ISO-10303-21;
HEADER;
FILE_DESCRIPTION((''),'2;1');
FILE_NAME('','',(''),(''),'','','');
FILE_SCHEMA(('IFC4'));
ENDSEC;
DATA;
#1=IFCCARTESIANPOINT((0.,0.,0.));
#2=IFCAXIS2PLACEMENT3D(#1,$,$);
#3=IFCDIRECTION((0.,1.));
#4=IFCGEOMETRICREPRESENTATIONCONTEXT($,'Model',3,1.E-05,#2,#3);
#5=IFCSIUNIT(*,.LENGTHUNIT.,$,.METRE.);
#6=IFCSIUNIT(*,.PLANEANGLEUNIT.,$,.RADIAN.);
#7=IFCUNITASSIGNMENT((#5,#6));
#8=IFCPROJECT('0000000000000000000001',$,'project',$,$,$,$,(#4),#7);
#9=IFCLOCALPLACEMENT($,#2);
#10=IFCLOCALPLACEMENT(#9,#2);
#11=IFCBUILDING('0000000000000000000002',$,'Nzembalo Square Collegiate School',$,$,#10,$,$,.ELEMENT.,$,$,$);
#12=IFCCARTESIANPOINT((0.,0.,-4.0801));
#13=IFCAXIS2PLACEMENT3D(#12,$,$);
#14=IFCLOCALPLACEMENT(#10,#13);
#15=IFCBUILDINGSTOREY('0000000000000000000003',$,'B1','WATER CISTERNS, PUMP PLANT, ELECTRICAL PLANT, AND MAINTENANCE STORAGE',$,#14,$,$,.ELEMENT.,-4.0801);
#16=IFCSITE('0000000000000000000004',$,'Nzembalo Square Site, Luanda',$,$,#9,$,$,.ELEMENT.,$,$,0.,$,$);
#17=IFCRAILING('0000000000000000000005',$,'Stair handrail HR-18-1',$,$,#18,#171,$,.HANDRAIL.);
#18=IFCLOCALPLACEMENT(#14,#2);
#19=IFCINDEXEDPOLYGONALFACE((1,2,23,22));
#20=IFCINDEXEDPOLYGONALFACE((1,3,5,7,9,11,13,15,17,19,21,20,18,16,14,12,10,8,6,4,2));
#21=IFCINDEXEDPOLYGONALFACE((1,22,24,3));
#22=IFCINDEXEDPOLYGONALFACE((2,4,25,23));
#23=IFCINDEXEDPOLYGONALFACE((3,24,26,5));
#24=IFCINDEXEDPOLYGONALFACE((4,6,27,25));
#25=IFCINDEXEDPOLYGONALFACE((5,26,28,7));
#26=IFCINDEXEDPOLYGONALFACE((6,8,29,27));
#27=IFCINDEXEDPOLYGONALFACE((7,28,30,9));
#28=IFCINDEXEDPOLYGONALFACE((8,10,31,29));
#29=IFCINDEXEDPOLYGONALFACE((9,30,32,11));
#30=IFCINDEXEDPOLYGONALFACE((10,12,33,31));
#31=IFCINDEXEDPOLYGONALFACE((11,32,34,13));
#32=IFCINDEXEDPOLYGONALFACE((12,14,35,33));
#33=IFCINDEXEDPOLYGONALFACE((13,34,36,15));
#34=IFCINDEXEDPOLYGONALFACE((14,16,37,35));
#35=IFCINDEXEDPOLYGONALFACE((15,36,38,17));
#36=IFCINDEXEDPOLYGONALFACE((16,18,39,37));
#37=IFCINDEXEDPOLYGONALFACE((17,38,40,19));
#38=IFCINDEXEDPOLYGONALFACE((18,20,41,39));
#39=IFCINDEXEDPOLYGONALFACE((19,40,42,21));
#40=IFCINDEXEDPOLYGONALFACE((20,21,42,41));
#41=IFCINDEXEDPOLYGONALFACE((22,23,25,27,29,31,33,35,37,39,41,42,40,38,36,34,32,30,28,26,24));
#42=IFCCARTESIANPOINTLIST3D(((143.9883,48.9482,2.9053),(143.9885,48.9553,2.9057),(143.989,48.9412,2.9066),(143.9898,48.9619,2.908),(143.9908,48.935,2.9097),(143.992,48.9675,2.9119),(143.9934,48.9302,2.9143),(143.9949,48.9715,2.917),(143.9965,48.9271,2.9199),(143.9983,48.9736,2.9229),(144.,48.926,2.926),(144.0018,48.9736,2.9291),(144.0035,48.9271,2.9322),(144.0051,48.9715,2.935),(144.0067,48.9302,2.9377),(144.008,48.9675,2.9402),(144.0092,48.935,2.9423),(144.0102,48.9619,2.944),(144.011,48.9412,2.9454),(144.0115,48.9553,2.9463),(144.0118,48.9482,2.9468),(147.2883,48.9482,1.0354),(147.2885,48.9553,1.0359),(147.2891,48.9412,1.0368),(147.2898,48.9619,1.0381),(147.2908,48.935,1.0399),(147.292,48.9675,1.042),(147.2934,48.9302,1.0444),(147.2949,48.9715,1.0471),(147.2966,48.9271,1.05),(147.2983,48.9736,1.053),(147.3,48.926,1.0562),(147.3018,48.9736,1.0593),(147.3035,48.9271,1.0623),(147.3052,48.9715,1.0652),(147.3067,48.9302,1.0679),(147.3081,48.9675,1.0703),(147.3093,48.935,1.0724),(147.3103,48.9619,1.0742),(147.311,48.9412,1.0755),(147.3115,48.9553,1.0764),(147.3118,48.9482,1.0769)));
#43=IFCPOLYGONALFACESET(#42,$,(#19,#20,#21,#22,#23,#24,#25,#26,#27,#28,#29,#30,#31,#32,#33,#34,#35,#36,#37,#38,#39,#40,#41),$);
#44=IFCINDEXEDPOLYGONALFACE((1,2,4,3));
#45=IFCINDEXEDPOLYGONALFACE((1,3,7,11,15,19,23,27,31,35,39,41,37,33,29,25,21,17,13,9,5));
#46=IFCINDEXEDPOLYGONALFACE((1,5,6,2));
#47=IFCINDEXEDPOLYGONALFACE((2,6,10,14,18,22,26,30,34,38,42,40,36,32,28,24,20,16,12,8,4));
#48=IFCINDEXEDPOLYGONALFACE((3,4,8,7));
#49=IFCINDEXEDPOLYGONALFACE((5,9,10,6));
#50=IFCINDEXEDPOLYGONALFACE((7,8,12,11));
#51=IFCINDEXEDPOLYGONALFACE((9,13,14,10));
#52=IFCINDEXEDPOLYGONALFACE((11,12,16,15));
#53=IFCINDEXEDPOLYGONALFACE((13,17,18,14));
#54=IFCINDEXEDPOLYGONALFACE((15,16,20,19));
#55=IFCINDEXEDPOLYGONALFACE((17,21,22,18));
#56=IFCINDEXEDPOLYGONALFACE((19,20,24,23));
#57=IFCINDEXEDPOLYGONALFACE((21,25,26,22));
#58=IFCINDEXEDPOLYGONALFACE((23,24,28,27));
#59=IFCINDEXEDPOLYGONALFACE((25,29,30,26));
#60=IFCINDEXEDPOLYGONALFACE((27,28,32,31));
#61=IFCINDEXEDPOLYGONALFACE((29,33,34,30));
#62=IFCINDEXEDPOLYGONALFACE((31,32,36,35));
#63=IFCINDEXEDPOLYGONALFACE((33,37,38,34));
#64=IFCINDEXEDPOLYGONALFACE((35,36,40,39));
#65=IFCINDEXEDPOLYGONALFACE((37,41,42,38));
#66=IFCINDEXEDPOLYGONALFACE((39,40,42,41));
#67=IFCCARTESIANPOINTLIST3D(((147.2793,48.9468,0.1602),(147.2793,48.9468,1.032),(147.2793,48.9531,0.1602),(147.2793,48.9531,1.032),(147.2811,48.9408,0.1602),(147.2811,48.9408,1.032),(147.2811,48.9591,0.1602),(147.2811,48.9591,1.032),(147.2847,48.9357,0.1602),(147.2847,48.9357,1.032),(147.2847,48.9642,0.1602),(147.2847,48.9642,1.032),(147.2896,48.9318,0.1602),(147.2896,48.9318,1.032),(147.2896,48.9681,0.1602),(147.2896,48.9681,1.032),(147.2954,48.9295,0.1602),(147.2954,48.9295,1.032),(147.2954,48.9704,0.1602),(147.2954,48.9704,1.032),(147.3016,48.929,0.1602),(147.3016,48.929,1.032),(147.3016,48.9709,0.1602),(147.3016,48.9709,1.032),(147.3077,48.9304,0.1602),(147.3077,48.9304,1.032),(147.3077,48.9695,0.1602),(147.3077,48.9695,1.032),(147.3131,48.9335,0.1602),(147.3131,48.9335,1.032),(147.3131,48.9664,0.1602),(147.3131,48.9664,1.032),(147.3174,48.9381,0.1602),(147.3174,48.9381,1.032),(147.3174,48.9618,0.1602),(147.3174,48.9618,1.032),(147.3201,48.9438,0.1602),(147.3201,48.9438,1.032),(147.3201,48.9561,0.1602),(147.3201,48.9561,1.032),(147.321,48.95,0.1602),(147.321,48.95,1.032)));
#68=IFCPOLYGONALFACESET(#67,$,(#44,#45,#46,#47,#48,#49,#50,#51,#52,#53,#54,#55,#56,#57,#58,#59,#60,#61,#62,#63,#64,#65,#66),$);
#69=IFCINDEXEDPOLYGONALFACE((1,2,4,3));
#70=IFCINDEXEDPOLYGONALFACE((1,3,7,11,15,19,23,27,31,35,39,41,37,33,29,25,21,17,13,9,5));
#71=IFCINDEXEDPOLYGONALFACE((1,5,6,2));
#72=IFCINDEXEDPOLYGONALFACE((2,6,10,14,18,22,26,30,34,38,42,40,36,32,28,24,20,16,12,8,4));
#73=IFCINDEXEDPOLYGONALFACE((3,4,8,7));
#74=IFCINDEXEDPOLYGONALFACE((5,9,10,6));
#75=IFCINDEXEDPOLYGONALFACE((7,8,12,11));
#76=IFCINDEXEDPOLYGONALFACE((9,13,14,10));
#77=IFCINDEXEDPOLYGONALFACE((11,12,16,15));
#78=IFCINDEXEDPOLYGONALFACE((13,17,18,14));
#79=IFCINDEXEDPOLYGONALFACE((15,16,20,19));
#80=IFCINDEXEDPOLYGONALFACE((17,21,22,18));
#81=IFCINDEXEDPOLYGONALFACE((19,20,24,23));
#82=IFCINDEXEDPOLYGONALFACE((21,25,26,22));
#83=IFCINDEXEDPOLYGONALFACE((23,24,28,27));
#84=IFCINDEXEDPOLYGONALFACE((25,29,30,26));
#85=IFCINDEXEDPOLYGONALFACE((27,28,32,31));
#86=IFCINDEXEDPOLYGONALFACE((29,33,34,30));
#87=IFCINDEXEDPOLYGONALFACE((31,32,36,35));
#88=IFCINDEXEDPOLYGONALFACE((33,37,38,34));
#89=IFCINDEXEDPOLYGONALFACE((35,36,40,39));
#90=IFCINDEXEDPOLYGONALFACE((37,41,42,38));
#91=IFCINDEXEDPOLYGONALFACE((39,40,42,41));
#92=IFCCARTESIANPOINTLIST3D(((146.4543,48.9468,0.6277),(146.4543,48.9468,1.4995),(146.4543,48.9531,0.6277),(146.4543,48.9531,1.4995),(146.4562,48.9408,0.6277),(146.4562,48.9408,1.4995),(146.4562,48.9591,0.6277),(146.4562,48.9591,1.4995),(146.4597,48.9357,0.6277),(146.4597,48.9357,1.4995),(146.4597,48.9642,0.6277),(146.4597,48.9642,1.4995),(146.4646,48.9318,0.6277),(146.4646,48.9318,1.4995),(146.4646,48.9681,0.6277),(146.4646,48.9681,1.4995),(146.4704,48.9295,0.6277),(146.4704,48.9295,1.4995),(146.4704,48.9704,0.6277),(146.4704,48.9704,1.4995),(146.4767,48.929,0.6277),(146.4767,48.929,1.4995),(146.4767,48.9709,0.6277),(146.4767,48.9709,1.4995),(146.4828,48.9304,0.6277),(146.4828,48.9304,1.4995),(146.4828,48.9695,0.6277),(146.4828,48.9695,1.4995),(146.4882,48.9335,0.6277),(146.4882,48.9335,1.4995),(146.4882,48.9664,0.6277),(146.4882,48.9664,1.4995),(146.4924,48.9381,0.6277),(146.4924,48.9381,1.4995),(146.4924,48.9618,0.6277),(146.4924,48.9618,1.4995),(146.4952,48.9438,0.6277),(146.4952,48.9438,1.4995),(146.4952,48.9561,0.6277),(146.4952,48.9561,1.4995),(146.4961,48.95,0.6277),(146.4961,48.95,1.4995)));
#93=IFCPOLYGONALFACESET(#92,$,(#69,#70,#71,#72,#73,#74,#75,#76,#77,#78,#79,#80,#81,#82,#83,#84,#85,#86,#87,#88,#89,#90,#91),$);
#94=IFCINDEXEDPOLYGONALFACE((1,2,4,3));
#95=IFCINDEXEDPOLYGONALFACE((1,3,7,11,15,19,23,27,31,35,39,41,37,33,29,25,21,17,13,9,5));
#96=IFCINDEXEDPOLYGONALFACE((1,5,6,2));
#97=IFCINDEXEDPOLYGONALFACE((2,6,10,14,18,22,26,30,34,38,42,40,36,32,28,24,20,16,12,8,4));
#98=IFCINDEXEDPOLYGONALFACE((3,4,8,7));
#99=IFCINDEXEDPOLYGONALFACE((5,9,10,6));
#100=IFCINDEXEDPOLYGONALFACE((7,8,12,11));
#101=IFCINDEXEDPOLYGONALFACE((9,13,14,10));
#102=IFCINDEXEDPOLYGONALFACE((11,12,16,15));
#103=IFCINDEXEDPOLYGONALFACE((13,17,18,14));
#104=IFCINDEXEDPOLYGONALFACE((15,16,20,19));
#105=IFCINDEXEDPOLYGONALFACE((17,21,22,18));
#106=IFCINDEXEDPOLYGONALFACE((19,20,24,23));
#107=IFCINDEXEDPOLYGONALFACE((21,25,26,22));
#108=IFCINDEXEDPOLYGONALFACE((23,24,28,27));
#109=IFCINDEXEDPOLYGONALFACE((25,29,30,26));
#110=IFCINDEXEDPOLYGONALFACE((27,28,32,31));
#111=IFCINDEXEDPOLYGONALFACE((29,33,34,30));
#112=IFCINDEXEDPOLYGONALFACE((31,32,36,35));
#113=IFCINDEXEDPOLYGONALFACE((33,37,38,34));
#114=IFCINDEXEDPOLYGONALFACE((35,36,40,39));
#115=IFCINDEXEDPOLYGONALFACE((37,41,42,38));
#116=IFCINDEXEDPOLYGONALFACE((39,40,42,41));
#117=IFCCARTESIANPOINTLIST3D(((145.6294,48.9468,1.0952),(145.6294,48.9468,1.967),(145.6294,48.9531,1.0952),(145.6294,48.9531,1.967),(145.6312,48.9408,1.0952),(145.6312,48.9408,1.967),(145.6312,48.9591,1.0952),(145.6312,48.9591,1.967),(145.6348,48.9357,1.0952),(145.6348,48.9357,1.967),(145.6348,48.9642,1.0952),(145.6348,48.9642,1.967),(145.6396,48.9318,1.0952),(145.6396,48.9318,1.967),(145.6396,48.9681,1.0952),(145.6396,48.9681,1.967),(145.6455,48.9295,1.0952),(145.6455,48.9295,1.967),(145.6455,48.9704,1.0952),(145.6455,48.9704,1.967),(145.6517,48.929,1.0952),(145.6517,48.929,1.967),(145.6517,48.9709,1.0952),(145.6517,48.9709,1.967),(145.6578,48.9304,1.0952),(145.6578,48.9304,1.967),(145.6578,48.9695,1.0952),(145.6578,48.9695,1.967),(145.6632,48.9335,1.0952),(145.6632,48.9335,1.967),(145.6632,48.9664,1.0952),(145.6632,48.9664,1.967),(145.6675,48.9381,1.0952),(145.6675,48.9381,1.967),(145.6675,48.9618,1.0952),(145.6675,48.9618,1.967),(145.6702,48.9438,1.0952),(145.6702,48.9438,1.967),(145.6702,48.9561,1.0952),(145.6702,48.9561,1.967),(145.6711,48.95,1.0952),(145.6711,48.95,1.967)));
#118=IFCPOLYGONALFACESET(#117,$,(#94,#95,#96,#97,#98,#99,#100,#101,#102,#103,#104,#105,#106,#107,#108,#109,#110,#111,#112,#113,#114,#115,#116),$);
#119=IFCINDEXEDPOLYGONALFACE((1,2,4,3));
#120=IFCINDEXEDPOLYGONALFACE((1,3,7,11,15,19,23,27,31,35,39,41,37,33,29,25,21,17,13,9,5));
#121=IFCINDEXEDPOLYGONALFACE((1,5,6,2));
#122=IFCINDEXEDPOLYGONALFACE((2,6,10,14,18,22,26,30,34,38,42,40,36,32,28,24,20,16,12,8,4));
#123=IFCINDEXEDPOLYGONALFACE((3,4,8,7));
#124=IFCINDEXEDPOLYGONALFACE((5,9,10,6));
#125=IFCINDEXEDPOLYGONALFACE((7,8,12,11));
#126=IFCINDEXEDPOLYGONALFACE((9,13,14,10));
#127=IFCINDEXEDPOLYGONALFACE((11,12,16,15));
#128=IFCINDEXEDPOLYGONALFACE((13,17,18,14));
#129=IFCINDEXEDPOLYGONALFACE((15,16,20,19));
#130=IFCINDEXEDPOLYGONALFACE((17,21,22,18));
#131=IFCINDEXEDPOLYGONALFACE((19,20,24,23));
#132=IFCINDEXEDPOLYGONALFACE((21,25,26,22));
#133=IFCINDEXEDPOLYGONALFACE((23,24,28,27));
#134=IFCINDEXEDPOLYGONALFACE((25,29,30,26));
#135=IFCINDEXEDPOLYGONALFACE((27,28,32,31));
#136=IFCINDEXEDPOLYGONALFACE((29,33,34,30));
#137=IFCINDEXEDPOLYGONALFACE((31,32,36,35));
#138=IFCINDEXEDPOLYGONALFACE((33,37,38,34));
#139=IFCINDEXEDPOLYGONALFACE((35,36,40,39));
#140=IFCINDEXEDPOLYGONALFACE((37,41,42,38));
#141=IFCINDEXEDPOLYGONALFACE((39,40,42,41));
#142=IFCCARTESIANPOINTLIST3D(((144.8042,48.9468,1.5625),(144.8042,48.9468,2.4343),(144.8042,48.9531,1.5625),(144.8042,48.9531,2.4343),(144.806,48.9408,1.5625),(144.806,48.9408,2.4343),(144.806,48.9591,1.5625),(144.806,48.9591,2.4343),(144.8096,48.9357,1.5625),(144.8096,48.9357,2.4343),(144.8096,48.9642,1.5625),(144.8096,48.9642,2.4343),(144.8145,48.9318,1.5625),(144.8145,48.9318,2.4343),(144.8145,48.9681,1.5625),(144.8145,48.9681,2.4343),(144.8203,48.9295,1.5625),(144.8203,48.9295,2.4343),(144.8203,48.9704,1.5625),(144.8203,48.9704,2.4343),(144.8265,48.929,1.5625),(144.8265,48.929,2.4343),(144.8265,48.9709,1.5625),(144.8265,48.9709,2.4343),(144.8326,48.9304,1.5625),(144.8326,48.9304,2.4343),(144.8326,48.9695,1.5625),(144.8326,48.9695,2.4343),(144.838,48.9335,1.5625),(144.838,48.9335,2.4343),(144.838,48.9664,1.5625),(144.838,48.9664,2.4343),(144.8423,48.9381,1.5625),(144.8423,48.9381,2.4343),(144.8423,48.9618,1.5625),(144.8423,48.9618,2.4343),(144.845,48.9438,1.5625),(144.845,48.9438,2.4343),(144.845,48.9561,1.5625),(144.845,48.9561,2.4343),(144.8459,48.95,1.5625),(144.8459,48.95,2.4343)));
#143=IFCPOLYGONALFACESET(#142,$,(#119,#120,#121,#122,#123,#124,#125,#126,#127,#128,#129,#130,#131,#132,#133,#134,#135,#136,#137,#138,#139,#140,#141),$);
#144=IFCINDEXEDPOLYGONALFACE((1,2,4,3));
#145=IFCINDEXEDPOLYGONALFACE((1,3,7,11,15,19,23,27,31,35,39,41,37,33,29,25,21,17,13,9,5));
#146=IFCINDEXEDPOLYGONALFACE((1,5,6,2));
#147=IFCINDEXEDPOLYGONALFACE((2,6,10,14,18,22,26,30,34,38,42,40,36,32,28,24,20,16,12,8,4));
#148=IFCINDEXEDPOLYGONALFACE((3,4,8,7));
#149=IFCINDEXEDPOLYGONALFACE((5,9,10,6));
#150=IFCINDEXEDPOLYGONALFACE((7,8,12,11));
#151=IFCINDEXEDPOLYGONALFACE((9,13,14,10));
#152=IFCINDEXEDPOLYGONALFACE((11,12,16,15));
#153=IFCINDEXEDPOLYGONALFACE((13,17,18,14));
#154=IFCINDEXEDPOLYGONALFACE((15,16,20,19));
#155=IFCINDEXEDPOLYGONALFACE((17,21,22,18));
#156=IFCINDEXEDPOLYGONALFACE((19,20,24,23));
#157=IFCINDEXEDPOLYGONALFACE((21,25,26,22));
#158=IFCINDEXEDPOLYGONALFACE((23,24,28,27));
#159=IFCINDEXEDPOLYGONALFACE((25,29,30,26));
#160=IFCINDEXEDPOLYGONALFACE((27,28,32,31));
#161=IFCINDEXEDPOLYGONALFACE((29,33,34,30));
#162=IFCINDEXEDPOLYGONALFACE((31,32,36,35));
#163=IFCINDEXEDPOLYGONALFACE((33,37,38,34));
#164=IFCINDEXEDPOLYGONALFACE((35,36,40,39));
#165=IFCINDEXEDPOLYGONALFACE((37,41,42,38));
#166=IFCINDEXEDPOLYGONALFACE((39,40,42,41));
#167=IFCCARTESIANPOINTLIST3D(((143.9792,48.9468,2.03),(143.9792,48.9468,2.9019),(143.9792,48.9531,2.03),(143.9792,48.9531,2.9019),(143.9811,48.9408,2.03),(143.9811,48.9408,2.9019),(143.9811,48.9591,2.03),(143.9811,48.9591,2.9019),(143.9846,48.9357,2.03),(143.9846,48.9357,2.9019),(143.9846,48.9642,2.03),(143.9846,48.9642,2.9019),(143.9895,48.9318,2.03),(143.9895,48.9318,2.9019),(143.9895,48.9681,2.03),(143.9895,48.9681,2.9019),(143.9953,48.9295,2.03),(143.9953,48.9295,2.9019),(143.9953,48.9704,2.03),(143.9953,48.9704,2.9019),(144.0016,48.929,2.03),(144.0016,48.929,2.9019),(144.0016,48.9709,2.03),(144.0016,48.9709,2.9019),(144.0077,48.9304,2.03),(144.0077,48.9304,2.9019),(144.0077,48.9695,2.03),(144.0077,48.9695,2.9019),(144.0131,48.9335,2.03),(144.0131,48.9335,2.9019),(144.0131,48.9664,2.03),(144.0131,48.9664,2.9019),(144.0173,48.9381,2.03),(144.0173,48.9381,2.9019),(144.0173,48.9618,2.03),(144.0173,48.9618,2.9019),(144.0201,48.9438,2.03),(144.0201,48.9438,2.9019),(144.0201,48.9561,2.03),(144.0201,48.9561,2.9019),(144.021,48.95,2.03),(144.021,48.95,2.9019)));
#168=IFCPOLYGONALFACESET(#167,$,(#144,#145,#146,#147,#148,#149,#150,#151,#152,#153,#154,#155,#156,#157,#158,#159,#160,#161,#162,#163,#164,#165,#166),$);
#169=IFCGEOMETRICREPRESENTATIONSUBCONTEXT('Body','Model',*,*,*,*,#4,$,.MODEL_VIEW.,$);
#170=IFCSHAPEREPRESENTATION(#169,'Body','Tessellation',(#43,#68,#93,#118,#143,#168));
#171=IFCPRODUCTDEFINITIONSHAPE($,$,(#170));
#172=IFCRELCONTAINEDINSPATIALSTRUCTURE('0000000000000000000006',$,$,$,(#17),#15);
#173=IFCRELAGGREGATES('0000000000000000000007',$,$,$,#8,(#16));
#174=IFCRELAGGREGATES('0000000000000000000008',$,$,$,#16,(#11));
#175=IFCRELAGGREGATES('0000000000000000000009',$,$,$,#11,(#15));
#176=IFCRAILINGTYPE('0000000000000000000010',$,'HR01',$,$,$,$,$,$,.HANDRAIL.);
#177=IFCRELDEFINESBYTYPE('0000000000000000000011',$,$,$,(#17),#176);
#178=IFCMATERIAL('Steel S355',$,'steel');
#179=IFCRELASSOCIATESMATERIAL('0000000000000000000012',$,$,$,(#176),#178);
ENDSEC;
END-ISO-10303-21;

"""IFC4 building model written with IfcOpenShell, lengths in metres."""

from ifc_helpers import new_model, si_unit, direction, frame, origin, origin_2d, place, context, subcontext, project, spatial, circle, extrude, material, type_object, element, save


model = new_model("IFC4")

# Units and contexts
model_context = context("Model", 3, precision=1e-05, world=origin(), true_north=direction((0.0, 1.0)))
body_context = subcontext(model_context, "Body", "Model", "MODEL_VIEW")
ifc_project = project(units=[si_unit("LENGTHUNIT", "METRE"), si_unit("PLANEANGLEUNIT", "RADIAN")], contexts=[model_context])

# Site, building, storey
site_placement = place(None, origin())
site = spatial("IfcSite", under=ifc_project, at=site_placement, Name="Nzembalo Square Site, Luanda", CompositionType="ELEMENT", RefElevation=0.0)
building_placement = place(site_placement, origin())
building = spatial("IfcBuilding", under=site, at=building_placement, Name="Nzembalo Square Collegiate School", CompositionType="ELEMENT")
storey_placement = place(building_placement, frame((0.0, 0.0, -4.0801)))
storey = spatial("IfcBuildingStorey", under=building, at=storey_placement, Name="B1", Description="WATER CISTERNS, PUMP PLANT, ELECTRICAL PLANT, AND MAINTENANCE STORAGE", CompositionType="ELEMENT", Elevation=-4.0801)

# Railing
ifc_material_1 = material(Name="Steel S355", Category="steel")
railing_type_1 = type_object("IfcRailingType", Name="HR01", PredefinedType="HANDRAIL", material=ifc_material_1)
railing_1_placement = place(storey_placement, frame((147.3, 48.95, 0.1602)))
element("IfcRailing", 1, at=railing_1_placement, inside=storey, type_object=railing_type_1, Name="Stair handrail HR-18-1", PredefinedType="HANDRAIL", context=body_context, shape_type="SweptSolid", body=[
    extrude(circle(Radius=0.0239, at=origin_2d()), frame((0.0, 0.0, 0.896), z_axis=(-0.87004, 0.0, 0.492982), x_axis=(0.0, -1.0, 0.0)), (0.0, 0.0, 1.0), 3.793),
    extrude(circle(Radius=0.021, at=origin_2d()), origin(), (0.0, 0.0, 1.0), 0.8718),
    extrude(circle(Radius=0.021, at=origin_2d()), frame((-0.825, 0.0, 0.4675)), (0.0, 0.0, 1.0), 0.8718),
    extrude(circle(Radius=0.021, at=origin_2d()), frame((-1.6499, 0.0, 0.9351)), (0.0, 0.0, 1.0), 0.8718),
    extrude(circle(Radius=0.021, at=origin_2d()), frame((-2.4751, 0.0, 1.4023)), (0.0, 0.0, 1.0), 0.8718),
    extrude(circle(Radius=0.021, at=origin_2d()), frame((-3.3, 0.0, 1.8699)), (0.0, 0.0, 1.0), 0.8718),
])

save(model, "model.ifc")
